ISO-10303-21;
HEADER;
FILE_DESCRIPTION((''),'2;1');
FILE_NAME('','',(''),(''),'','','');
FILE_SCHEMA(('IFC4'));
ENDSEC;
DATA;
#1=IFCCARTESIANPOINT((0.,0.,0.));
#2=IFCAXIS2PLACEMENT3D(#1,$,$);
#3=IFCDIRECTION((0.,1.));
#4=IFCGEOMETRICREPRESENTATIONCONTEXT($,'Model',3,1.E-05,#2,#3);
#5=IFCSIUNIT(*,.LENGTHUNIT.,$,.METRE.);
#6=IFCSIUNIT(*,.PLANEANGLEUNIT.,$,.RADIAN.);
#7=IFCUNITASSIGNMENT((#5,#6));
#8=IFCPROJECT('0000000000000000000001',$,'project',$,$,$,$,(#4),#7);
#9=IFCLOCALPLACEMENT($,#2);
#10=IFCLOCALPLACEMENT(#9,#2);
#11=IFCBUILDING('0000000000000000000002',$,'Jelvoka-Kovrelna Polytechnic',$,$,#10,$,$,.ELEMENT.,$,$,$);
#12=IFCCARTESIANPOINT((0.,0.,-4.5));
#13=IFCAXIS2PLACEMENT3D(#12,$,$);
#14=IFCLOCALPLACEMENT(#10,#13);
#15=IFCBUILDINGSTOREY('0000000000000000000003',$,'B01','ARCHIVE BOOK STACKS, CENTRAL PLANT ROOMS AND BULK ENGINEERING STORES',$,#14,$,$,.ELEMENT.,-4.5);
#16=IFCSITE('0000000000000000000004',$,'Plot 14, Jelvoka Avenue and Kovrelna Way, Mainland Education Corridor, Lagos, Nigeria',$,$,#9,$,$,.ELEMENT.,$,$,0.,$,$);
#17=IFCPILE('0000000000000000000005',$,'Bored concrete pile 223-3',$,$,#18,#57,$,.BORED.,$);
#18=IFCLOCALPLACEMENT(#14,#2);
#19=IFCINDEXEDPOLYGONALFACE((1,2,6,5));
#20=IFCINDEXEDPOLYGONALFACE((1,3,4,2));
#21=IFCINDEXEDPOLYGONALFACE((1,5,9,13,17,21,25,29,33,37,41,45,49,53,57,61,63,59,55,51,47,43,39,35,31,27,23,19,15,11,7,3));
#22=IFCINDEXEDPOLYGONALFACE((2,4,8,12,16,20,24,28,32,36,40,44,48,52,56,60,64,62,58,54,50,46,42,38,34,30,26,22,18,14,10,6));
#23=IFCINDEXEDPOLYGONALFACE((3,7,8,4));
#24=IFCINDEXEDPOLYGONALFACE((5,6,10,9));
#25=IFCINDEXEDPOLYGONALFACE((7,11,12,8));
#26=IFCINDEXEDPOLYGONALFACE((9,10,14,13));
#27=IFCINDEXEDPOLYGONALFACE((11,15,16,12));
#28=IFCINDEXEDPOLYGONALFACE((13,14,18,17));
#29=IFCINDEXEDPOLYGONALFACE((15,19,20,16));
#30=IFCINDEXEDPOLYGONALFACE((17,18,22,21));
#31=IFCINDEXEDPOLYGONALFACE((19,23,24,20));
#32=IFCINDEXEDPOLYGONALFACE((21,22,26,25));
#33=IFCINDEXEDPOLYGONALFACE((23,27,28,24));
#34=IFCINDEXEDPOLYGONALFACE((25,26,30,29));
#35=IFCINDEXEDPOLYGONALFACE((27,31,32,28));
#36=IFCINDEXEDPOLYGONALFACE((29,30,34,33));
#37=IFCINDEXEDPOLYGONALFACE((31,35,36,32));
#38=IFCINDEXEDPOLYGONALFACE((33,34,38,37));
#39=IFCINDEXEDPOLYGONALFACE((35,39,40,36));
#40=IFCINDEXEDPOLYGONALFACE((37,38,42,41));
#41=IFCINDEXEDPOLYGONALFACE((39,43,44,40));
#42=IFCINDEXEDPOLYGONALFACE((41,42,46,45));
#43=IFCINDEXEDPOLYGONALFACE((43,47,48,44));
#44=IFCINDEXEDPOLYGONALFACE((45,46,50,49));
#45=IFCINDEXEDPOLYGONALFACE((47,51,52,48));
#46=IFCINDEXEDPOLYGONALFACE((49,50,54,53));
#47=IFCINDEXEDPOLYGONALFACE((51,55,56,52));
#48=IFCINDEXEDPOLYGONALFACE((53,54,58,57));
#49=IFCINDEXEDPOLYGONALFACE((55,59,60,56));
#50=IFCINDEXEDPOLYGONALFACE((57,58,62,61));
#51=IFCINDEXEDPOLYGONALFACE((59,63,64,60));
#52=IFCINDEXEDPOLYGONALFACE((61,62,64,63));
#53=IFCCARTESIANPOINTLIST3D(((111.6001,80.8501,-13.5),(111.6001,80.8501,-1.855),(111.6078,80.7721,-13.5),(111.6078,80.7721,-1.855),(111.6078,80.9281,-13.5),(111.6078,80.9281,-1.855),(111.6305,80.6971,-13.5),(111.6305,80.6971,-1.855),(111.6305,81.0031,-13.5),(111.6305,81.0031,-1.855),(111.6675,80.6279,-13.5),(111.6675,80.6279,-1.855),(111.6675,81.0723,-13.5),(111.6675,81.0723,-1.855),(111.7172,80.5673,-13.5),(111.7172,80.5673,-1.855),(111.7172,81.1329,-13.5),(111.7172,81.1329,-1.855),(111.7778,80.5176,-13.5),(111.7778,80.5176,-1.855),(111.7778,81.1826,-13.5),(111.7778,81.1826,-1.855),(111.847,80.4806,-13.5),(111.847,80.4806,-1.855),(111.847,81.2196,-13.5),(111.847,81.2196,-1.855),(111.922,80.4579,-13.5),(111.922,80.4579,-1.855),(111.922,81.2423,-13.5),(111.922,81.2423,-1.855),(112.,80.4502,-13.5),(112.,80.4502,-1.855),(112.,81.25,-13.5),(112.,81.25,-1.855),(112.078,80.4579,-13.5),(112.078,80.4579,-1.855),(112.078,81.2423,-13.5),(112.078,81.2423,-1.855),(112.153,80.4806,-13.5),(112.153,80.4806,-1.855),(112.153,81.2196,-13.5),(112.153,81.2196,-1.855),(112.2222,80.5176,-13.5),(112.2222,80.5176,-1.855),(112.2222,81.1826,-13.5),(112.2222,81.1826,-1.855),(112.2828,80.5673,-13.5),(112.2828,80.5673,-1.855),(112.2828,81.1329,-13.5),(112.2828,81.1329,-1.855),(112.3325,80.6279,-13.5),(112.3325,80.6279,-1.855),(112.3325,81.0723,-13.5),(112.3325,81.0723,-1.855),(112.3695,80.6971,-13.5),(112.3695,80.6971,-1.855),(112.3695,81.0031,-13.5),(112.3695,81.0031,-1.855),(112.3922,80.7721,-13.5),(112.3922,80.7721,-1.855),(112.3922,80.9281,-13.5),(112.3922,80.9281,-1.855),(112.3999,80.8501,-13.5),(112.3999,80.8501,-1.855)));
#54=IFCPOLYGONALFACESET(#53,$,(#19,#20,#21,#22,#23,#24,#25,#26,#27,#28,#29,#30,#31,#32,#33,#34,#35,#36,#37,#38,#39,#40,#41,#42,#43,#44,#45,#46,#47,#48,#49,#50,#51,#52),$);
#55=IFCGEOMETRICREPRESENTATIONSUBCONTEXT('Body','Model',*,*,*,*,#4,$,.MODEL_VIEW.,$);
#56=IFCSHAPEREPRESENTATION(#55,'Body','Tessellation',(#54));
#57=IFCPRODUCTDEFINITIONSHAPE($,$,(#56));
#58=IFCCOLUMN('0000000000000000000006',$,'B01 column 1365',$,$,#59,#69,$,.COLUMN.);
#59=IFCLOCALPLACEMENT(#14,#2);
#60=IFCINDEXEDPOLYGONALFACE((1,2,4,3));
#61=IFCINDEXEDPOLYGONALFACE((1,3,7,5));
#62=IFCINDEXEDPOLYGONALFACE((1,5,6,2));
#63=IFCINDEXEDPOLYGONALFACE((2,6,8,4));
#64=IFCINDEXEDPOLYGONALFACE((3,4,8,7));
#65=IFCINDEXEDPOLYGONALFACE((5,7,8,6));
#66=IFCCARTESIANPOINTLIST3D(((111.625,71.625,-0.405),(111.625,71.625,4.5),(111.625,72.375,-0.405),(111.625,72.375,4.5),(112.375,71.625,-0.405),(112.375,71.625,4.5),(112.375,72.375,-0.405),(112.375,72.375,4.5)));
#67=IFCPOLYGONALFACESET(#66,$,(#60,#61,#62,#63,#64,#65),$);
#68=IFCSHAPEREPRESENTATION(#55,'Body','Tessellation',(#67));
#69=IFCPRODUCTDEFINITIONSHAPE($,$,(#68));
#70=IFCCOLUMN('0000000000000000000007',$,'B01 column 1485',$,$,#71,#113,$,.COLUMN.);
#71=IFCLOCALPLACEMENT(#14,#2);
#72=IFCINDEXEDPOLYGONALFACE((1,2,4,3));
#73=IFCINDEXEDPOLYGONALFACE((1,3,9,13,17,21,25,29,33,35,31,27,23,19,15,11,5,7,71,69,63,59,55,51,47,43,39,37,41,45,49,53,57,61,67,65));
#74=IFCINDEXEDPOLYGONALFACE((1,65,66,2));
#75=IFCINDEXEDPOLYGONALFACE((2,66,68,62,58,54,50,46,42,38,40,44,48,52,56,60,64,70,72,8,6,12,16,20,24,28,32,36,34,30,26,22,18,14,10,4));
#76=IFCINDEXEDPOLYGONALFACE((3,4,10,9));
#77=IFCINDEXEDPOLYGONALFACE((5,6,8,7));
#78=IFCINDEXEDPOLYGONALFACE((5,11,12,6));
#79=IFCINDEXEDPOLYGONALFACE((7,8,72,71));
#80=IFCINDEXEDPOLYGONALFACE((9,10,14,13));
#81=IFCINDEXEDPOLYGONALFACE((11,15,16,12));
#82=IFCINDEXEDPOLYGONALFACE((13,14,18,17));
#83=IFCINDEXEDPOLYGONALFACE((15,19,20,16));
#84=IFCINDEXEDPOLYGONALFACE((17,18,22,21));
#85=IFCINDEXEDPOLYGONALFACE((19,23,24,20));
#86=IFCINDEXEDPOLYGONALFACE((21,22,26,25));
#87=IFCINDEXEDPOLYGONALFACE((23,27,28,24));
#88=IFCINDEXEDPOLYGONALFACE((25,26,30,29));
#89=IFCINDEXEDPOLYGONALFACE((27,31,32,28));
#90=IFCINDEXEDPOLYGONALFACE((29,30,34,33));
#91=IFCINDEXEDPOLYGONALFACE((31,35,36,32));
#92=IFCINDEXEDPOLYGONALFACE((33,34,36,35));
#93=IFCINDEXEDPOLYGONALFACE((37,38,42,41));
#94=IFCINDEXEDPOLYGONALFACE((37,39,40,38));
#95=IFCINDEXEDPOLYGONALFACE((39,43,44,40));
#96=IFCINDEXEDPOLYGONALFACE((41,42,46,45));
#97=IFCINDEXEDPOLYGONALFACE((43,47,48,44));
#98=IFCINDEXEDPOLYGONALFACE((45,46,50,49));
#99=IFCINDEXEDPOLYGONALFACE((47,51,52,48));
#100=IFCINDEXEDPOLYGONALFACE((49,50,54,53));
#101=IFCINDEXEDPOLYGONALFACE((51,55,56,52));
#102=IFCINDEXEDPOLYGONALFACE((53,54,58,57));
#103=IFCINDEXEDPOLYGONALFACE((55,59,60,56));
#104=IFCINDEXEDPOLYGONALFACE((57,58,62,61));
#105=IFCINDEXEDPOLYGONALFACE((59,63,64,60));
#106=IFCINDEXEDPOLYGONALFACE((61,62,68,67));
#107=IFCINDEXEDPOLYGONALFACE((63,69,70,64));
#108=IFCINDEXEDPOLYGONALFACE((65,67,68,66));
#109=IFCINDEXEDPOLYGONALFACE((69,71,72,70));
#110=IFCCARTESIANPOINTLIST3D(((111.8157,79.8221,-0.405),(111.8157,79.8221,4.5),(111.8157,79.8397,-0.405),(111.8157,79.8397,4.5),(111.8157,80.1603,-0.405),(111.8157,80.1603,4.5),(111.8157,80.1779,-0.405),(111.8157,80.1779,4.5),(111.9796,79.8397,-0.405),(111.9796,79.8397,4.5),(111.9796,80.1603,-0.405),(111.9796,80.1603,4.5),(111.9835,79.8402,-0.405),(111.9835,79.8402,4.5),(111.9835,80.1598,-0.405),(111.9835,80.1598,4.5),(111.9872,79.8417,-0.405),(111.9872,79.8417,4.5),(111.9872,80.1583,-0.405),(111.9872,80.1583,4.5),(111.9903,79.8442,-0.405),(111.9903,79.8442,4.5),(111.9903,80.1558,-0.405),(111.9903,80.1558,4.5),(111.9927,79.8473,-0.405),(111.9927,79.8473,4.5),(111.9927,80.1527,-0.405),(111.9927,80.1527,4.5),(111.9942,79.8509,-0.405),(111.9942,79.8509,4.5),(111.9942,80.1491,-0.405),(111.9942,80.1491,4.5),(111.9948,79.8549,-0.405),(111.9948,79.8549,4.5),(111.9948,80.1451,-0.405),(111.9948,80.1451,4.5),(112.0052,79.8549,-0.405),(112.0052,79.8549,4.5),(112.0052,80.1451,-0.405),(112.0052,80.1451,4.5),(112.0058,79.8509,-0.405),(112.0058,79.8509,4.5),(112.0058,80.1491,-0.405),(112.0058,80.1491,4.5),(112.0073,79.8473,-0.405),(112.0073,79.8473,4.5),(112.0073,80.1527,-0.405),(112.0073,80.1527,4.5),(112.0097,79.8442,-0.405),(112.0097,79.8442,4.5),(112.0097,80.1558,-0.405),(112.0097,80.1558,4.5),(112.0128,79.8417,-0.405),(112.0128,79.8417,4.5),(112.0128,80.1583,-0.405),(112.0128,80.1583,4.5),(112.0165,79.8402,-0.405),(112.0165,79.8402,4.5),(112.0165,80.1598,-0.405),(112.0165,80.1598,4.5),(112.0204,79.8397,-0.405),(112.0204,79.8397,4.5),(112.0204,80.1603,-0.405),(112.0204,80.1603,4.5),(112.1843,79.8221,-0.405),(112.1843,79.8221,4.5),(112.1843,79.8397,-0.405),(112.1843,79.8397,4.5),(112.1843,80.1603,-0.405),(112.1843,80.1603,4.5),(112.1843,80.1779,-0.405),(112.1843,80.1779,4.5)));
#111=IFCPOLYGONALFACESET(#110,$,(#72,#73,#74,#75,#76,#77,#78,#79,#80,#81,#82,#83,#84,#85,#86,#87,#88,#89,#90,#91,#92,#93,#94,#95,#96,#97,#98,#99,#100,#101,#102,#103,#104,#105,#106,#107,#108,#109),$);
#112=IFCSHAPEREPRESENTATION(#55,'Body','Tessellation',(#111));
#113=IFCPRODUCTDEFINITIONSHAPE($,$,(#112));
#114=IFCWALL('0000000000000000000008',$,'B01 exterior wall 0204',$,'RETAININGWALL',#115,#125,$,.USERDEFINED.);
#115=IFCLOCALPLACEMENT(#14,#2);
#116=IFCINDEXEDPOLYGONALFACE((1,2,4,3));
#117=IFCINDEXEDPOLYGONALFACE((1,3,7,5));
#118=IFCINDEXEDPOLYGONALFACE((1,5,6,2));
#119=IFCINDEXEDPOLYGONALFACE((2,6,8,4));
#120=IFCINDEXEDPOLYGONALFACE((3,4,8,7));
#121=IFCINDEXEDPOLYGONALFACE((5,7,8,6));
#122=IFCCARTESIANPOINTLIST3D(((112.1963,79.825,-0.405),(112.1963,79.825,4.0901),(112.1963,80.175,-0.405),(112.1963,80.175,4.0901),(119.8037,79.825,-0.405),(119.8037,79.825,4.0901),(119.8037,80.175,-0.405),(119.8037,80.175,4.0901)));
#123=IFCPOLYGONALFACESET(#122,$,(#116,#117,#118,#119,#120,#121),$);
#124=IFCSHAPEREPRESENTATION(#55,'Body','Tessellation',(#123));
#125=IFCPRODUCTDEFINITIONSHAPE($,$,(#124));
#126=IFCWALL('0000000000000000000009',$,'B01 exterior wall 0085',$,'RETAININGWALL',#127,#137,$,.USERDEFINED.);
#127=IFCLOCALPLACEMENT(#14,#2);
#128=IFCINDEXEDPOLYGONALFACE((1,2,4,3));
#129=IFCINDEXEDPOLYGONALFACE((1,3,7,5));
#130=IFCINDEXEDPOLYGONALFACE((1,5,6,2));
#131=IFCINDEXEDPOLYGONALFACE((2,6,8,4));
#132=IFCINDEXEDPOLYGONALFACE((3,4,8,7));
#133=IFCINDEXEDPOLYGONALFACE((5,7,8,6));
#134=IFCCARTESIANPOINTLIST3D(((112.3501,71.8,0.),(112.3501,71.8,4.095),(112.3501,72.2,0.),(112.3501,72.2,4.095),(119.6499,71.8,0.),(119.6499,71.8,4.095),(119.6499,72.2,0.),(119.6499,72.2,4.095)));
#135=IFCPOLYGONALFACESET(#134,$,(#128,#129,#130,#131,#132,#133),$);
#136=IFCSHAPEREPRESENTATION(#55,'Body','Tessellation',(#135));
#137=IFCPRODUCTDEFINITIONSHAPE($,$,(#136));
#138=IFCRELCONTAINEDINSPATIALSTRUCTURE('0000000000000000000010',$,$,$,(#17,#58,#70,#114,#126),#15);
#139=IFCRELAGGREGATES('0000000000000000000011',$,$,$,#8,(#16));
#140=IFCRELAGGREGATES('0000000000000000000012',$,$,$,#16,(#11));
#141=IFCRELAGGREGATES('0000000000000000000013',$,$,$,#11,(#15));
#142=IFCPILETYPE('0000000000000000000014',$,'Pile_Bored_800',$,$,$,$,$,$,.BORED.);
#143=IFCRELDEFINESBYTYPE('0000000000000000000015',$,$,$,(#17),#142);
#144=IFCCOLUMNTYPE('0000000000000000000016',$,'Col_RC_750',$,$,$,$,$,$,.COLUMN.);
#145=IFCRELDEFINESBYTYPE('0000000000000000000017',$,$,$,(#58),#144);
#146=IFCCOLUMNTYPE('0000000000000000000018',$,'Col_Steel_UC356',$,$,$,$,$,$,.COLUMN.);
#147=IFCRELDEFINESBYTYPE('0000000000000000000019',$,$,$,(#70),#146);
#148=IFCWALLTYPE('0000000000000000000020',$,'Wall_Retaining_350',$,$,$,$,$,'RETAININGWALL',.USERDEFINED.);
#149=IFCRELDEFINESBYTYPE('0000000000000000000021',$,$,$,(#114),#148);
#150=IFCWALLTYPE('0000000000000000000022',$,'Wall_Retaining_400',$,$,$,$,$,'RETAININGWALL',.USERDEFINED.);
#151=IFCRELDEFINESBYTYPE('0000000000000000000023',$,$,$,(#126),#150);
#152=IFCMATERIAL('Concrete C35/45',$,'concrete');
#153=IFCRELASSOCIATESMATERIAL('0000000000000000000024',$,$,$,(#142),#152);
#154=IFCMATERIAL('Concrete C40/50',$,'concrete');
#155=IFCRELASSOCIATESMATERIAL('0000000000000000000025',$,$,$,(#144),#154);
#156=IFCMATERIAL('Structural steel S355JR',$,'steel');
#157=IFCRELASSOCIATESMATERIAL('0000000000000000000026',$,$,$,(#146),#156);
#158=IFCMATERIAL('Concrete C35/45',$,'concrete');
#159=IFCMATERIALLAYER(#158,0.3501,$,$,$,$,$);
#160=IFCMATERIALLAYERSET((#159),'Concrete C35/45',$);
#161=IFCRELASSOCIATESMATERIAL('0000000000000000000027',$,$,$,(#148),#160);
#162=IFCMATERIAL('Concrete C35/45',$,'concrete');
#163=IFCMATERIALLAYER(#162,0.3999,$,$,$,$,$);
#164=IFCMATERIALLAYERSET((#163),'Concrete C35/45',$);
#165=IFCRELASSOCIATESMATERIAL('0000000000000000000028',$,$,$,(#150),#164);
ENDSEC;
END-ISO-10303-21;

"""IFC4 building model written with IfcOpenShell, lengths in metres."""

from ifc_helpers import new_model, si_unit, direction, frame, frame_2d, origin, origin_2d, place, context, subcontext, project, spatial, rectangle, circle, i_section, extrude, material, layer, layer_set, material_profile, profile_set, type_object, element, save


model = new_model("IFC4")

# Units and contexts
model_context = context("Model", 3, precision=1e-05, world=origin(), true_north=direction((0.0, 1.0)))
body_context = subcontext(model_context, "Body", "Model", "MODEL_VIEW")
ifc_project = project(units=[si_unit("LENGTHUNIT", "METRE"), si_unit("PLANEANGLEUNIT", "RADIAN")], contexts=[model_context])

# Site, building, storey
site_placement = place(None, origin())
site = spatial("IfcSite", under=ifc_project, at=site_placement, Name="Plot 14, Jelvoka Avenue and Kovrelna Way, Mainland Education Corridor, Lagos, Nigeria", CompositionType="ELEMENT", RefElevation=0.0)
building_placement = place(site_placement, origin())
building = spatial("IfcBuilding", under=site, at=building_placement, Name="Jelvoka-Kovrelna Polytechnic", CompositionType="ELEMENT")
storey_placement = place(building_placement, frame((0.0, 0.0, -4.5)))
storey = spatial("IfcBuildingStorey", under=building, at=storey_placement, Name="B01", Description="ARCHIVE BOOK STACKS, CENTRAL PLANT ROOMS AND BULK ENGINEERING STORES", CompositionType="ELEMENT", Elevation=-4.5)

# Pile
ifc_material_1 = material(Name="Concrete C35/45", Category="concrete")
ifc_material_profile_1 = material_profile(ifc_material_1, circle(Radius=0.3999, at=origin_2d()), Name="PILE D800")
ifc_profile_set_1 = profile_set([ifc_material_profile_1], Name="Concrete C35/45")
pile_type_1 = type_object("IfcPileType", Name="Pile_Bored_800", PredefinedType="BORED", material=ifc_profile_set_1)
for number, where, z_axis, x_axis, name in (
    (1, (112.0, 80.8501, -1.855), (0.0, 0.0, -1.0), (1.0, 0.0, 0.0), "Bored concrete pile 223-3"),
):
    element("IfcPile", number, at=place(storey_placement, frame(where, z_axis=z_axis, x_axis=x_axis)), inside=storey, type_object=pile_type_1, Name=name, PredefinedType="BORED", context=body_context, shape_type="SweptSolid", body=[
        extrude(circle(Radius=0.3999, at=origin_2d()), origin(), (0.0, 0.0, 1.0), 11.645),
    ])

# Columns
ifc_material_2 = material(Name="Concrete C40/50", Category="concrete")
ifc_material_profile_2 = material_profile(ifc_material_2, rectangle(XDim=0.75, YDim=0.75, at=origin_2d()), Name="RC 750x750")
ifc_profile_set_2 = profile_set([ifc_material_profile_2], Name="Concrete C40/50")
column_type_1 = type_object("IfcColumnType", Name="Col_RC_750", PredefinedType="COLUMN", material=ifc_profile_set_2)
column_1_placement = place(storey_placement, frame((112.0, 72.0, -0.405), z_axis=(0.0, 0.0, 1.0), x_axis=(1.0, 0.0, 0.0)))
element("IfcColumn", 2, at=column_1_placement, inside=storey, type_object=column_type_1, Name="B01 column 1365", PredefinedType="COLUMN", context=body_context, shape_type="SweptSolid", body=[
    extrude(rectangle(XDim=0.75, YDim=0.75, at=origin_2d()), origin(), (0.0, 0.0, 1.0), 4.905),
])
ifc_material_3 = material(Name="Structural steel S355JR", Category="steel")
ifc_material_profile_3 = material_profile(ifc_material_3, i_section(OverallWidth=0.3687, OverallDepth=0.3557, WebThickness=0.0105, FlangeThickness=0.0176, FilletRadius=0.0151, at=origin_2d()), Name="356x368x129 UC")
ifc_profile_set_3 = profile_set([ifc_material_profile_3], Name="Structural steel S355JR")
column_type_2 = type_object("IfcColumnType", Name="Col_Steel_UC356", PredefinedType="COLUMN", material=ifc_profile_set_3)
column_2_placement = place(storey_placement, frame((112.0, 80.0, -0.405), z_axis=(0.0, 0.0, 1.0), x_axis=(1.0, 0.0, 0.0)))
element("IfcColumn", 3, at=column_2_placement, inside=storey, type_object=column_type_2, Name="B01 column 1485", PredefinedType="COLUMN", context=body_context, shape_type="SweptSolid", body=[
    extrude(i_section(OverallWidth=0.3687, OverallDepth=0.3557, WebThickness=0.0105, FlangeThickness=0.0176, FilletRadius=0.0151, at=origin_2d()), origin(), (0.0, 0.0, 1.0), 4.905),
])

# Walls
ifc_material_4 = material(Name="Concrete C35/45", Category="concrete")
ifc_layer_1 = layer(ifc_material_4, 0.3501)
ifc_layer_set_1 = layer_set([ifc_layer_1], Name="Concrete C35/45")
wall_type_1 = type_object("IfcWallType", Name="Wall_Retaining_350", ElementType="RETAININGWALL", PredefinedType="USERDEFINED", material=ifc_layer_set_1)
wall_1_placement = place(storey_placement, frame((112.1963, 80.0, -0.405), z_axis=(0.0, 0.0, 1.0), x_axis=(1.0, 0.0, 0.0)))
element("IfcWall", 4, at=wall_1_placement, inside=storey, type_object=wall_type_1, Name="B01 exterior wall 0204", ObjectType="RETAININGWALL", PredefinedType="USERDEFINED", context=body_context, shape_type="SweptSolid", body=[
    extrude(rectangle(XDim=7.6074, YDim=0.3501, at=frame_2d((3.8037, 0.0))), origin(), (0.0, 0.0, 1.0), 4.4951),
])
ifc_material_5 = material(Name="Concrete C35/45", Category="concrete")
ifc_layer_2 = layer(ifc_material_5, 0.3999)
ifc_layer_set_2 = layer_set([ifc_layer_2], Name="Concrete C35/45")
wall_type_2 = type_object("IfcWallType", Name="Wall_Retaining_400", ElementType="RETAININGWALL", PredefinedType="USERDEFINED", material=ifc_layer_set_2)
wall_2_placement = place(storey_placement, frame((112.3501, 72.0, 0.0), z_axis=(0.0, 0.0, 1.0), x_axis=(1.0, 0.0, 0.0)))
element("IfcWall", 5, at=wall_2_placement, inside=storey, type_object=wall_type_2, Name="B01 exterior wall 0085", ObjectType="RETAININGWALL", PredefinedType="USERDEFINED", context=body_context, shape_type="SweptSolid", body=[
    extrude(rectangle(XDim=7.2998, YDim=0.3999, at=frame_2d((3.6499, 0.0))), origin(), (0.0, 0.0, 1.0), 4.095),
])

save(model, "model.ifc")
